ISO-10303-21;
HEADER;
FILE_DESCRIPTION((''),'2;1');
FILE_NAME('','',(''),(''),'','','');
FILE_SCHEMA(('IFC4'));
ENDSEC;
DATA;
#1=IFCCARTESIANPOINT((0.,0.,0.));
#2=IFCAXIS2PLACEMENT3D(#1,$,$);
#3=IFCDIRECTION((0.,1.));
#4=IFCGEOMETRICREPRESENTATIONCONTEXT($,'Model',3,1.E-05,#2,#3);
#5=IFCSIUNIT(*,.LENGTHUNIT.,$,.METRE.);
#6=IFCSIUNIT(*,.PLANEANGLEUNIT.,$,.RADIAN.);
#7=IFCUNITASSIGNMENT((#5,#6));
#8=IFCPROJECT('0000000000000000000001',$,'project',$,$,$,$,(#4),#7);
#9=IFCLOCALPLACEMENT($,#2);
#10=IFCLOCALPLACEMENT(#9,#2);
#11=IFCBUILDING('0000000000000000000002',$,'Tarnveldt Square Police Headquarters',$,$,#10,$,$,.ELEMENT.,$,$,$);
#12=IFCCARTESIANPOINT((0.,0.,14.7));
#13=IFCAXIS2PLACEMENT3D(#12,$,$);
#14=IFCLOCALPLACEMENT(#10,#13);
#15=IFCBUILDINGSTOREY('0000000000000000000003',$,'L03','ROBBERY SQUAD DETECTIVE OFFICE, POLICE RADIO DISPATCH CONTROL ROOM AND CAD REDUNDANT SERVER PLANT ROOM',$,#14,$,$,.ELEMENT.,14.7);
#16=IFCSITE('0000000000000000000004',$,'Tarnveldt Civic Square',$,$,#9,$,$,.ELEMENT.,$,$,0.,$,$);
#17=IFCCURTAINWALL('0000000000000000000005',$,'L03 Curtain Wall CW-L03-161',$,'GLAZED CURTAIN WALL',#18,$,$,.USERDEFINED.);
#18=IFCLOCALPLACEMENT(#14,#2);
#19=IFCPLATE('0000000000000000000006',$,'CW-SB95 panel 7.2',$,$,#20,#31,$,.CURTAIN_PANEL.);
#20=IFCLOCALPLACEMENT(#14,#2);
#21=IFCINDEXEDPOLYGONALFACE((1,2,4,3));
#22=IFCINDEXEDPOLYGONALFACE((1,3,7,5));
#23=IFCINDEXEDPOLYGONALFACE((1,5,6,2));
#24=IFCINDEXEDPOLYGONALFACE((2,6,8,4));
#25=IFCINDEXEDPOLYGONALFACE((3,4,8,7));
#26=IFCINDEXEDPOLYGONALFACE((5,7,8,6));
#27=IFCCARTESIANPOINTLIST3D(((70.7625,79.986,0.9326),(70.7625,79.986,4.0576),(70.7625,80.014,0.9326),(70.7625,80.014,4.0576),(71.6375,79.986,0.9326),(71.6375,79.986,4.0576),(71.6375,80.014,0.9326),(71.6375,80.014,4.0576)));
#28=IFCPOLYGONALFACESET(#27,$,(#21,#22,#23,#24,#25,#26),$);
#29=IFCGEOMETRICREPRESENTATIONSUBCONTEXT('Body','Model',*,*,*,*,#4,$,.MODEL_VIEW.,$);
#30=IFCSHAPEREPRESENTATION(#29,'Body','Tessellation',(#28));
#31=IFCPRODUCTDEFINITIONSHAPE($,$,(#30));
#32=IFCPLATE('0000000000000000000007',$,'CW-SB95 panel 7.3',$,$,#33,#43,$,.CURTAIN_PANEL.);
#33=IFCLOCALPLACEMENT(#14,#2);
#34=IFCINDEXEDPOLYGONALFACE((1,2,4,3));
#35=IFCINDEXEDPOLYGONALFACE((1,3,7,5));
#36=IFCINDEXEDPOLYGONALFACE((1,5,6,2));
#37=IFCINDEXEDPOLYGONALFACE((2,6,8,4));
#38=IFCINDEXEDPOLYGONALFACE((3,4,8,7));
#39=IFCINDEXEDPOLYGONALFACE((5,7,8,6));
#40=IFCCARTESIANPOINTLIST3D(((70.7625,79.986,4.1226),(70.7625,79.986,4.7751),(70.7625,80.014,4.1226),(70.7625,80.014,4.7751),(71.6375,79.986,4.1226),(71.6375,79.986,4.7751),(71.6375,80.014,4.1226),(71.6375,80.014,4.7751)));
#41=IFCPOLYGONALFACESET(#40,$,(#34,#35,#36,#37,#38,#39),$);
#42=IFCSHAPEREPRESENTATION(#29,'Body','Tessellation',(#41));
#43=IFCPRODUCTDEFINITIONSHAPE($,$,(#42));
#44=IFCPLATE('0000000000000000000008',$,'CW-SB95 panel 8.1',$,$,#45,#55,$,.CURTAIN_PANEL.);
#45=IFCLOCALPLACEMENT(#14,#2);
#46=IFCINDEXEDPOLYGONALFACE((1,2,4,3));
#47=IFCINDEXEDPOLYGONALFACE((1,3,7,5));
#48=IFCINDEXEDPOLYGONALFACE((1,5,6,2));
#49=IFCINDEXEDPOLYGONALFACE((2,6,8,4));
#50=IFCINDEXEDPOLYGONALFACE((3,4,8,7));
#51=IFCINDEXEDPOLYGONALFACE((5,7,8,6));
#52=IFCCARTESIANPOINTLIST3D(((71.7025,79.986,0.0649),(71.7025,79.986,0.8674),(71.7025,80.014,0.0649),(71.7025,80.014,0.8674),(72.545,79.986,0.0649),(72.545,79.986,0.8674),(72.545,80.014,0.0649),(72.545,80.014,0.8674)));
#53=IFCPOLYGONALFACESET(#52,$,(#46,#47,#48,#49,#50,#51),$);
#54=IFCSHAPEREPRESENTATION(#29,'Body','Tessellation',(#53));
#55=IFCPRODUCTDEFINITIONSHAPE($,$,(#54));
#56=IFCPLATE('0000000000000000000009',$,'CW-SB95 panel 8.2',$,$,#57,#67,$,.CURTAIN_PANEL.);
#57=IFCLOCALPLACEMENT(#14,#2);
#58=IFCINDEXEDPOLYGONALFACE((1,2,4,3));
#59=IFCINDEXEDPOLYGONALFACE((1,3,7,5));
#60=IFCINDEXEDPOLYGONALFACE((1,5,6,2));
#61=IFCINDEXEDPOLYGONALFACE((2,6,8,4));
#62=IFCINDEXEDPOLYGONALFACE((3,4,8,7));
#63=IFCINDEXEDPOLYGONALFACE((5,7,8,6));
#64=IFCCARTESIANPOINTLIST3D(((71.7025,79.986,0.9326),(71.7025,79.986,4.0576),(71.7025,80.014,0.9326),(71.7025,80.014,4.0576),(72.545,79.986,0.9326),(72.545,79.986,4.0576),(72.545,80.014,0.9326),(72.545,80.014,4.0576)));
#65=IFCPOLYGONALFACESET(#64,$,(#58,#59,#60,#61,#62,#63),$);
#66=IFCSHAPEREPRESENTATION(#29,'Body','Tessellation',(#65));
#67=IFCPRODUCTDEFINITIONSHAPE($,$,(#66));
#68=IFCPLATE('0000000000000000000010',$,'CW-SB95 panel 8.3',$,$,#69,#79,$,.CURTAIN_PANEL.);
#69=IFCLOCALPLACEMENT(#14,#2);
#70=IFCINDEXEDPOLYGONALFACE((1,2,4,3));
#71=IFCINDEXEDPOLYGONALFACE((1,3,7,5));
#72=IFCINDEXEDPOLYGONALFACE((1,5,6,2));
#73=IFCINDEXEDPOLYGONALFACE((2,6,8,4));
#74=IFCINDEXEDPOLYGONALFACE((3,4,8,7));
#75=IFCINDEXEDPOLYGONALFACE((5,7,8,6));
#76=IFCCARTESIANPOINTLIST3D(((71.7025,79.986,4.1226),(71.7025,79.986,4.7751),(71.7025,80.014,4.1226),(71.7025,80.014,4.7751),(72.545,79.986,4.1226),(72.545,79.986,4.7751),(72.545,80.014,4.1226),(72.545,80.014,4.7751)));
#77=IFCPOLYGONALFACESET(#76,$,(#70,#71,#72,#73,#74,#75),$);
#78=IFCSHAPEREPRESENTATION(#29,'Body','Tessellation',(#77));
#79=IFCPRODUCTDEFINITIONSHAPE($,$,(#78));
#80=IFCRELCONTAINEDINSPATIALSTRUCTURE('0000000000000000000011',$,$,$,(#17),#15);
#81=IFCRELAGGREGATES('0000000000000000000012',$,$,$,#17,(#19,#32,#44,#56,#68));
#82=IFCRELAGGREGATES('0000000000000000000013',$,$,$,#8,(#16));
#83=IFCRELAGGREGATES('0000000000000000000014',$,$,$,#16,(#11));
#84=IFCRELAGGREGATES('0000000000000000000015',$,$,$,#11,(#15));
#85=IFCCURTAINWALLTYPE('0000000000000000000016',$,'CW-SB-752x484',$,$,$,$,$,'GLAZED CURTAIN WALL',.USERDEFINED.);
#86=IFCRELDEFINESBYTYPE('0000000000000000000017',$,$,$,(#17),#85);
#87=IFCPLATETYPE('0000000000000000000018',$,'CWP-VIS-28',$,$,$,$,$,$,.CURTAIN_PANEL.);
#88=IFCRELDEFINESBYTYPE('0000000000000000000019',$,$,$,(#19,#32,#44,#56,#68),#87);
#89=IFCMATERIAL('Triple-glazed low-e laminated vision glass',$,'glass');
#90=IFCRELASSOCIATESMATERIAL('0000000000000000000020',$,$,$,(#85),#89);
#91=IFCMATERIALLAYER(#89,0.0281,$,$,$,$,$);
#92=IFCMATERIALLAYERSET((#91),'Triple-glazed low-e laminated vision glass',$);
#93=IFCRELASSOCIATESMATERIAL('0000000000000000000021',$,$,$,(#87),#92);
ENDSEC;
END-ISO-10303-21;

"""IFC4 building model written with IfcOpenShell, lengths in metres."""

from ifc_helpers import new_model, si_unit, direction, frame, origin, origin_2d, place, context, subcontext, project, spatial, rectangle, extrude, material, layer, layer_set, type_object, element, aggregate, save


model = new_model("IFC4")

# Units and contexts
model_context = context("Model", 3, precision=1e-05, world=origin(), true_north=direction((0.0, 1.0)))
body_context = subcontext(model_context, "Body", "Model", "MODEL_VIEW")
ifc_project = project(units=[si_unit("LENGTHUNIT", "METRE"), si_unit("PLANEANGLEUNIT", "RADIAN")], contexts=[model_context])

# Site, building, storey
site_placement = place(None, origin())
site = spatial("IfcSite", under=ifc_project, at=site_placement, Name="Tarnveldt Civic Square", CompositionType="ELEMENT", RefElevation=0.0)
building_placement = place(site_placement, origin())
building = spatial("IfcBuilding", under=site, at=building_placement, Name="Tarnveldt Square Police Headquarters", CompositionType="ELEMENT")
storey_placement = place(building_placement, frame((0.0, 0.0, 14.7)))
storey = spatial("IfcBuildingStorey", under=building, at=storey_placement, Name="L03", Description="ROBBERY SQUAD DETECTIVE OFFICE, POLICE RADIO DISPATCH CONTROL ROOM AND CAD REDUNDANT SERVER PLANT ROOM", CompositionType="ELEMENT", Elevation=14.7)

# Curtain wall
ifc_material_1 = material(Name="Triple-glazed low-e laminated vision glass", Category="glass")
curtain_wall_type = type_object("IfcCurtainWallType", Name="CW-SB-752x484", ElementType="GLAZED CURTAIN WALL", PredefinedType="USERDEFINED", material=ifc_material_1)
curtain_wall_placement = place(storey_placement, origin())
curtain_wall = element("IfcCurtainWall", 1, at=curtain_wall_placement, inside=storey, type_object=curtain_wall_type, Name="L03 Curtain Wall CW-L03-161", ObjectType="GLAZED CURTAIN WALL", PredefinedType="USERDEFINED")

# Plates
ifc_layer = layer(ifc_material_1, 0.0281)
ifc_layer_set = layer_set([ifc_layer], Name="Triple-glazed low-e laminated vision glass")
plate_type = type_object("IfcPlateType", Name="CWP-VIS-28", PredefinedType="CURTAIN_PANEL", material=ifc_layer_set)
plate_1_placement = place(storey_placement, frame((71.2, 80.0, 0.9326), z_axis=(0.0, 0.0, 1.0), x_axis=(1.0, 0.0, 0.0)))
plate_1 = element("IfcPlate", 2, at=plate_1_placement, type_object=plate_type, Name="CW-SB95 panel 7.2", PredefinedType="CURTAIN_PANEL", context=body_context, shape_type="SweptSolid", body=[
    extrude(rectangle(XDim=0.875, YDim=0.0281, at=origin_2d()), origin(), (0.0, 0.0, 1.0), 3.125),
])
plate_2_placement = place(storey_placement, frame((71.2, 80.0, 4.1226), z_axis=(0.0, 0.0, 1.0), x_axis=(1.0, 0.0, 0.0)))
plate_2 = element("IfcPlate", 3, at=plate_2_placement, type_object=plate_type, Name="CW-SB95 panel 7.3", PredefinedType="CURTAIN_PANEL", context=body_context, shape_type="SweptSolid", body=[
    extrude(rectangle(XDim=0.875, YDim=0.0281, at=origin_2d()), origin(), (0.0, 0.0, 1.0), 0.6526),
])
plate_3_placement = place(storey_placement, frame((72.1238, 80.0, 0.0649), z_axis=(0.0, 0.0, 1.0), x_axis=(1.0, 0.0, 0.0)))
plate_3 = element("IfcPlate", 4, at=plate_3_placement, type_object=plate_type, Name="CW-SB95 panel 8.1", PredefinedType="CURTAIN_PANEL", context=body_context, shape_type="SweptSolid", body=[
    extrude(rectangle(XDim=0.8425, YDim=0.0281, at=origin_2d()), origin(), (0.0, 0.0, 1.0), 0.8025),
])
plate_4_placement = place(storey_placement, frame((72.1238, 80.0, 0.9326), z_axis=(0.0, 0.0, 1.0), x_axis=(1.0, 0.0, 0.0)))
plate_4 = element("IfcPlate", 5, at=plate_4_placement, type_object=plate_type, Name="CW-SB95 panel 8.2", PredefinedType="CURTAIN_PANEL", context=body_context, shape_type="SweptSolid", body=[
    extrude(rectangle(XDim=0.8425, YDim=0.0281, at=origin_2d()), origin(), (0.0, 0.0, 1.0), 3.125),
])
plate_5_placement = place(storey_placement, frame((72.1238, 80.0, 4.1226), z_axis=(0.0, 0.0, 1.0), x_axis=(1.0, 0.0, 0.0)))
plate_5 = element("IfcPlate", 6, at=plate_5_placement, type_object=plate_type, Name="CW-SB95 panel 8.3", PredefinedType="CURTAIN_PANEL", context=body_context, shape_type="SweptSolid", body=[
    extrude(rectangle(XDim=0.8425, YDim=0.0281, at=origin_2d()), origin(), (0.0, 0.0, 1.0), 0.6526),
])
aggregate(curtain_wall, [plate_1, plate_2, plate_3, plate_4, plate_5])

save(model, "model.ifc")
